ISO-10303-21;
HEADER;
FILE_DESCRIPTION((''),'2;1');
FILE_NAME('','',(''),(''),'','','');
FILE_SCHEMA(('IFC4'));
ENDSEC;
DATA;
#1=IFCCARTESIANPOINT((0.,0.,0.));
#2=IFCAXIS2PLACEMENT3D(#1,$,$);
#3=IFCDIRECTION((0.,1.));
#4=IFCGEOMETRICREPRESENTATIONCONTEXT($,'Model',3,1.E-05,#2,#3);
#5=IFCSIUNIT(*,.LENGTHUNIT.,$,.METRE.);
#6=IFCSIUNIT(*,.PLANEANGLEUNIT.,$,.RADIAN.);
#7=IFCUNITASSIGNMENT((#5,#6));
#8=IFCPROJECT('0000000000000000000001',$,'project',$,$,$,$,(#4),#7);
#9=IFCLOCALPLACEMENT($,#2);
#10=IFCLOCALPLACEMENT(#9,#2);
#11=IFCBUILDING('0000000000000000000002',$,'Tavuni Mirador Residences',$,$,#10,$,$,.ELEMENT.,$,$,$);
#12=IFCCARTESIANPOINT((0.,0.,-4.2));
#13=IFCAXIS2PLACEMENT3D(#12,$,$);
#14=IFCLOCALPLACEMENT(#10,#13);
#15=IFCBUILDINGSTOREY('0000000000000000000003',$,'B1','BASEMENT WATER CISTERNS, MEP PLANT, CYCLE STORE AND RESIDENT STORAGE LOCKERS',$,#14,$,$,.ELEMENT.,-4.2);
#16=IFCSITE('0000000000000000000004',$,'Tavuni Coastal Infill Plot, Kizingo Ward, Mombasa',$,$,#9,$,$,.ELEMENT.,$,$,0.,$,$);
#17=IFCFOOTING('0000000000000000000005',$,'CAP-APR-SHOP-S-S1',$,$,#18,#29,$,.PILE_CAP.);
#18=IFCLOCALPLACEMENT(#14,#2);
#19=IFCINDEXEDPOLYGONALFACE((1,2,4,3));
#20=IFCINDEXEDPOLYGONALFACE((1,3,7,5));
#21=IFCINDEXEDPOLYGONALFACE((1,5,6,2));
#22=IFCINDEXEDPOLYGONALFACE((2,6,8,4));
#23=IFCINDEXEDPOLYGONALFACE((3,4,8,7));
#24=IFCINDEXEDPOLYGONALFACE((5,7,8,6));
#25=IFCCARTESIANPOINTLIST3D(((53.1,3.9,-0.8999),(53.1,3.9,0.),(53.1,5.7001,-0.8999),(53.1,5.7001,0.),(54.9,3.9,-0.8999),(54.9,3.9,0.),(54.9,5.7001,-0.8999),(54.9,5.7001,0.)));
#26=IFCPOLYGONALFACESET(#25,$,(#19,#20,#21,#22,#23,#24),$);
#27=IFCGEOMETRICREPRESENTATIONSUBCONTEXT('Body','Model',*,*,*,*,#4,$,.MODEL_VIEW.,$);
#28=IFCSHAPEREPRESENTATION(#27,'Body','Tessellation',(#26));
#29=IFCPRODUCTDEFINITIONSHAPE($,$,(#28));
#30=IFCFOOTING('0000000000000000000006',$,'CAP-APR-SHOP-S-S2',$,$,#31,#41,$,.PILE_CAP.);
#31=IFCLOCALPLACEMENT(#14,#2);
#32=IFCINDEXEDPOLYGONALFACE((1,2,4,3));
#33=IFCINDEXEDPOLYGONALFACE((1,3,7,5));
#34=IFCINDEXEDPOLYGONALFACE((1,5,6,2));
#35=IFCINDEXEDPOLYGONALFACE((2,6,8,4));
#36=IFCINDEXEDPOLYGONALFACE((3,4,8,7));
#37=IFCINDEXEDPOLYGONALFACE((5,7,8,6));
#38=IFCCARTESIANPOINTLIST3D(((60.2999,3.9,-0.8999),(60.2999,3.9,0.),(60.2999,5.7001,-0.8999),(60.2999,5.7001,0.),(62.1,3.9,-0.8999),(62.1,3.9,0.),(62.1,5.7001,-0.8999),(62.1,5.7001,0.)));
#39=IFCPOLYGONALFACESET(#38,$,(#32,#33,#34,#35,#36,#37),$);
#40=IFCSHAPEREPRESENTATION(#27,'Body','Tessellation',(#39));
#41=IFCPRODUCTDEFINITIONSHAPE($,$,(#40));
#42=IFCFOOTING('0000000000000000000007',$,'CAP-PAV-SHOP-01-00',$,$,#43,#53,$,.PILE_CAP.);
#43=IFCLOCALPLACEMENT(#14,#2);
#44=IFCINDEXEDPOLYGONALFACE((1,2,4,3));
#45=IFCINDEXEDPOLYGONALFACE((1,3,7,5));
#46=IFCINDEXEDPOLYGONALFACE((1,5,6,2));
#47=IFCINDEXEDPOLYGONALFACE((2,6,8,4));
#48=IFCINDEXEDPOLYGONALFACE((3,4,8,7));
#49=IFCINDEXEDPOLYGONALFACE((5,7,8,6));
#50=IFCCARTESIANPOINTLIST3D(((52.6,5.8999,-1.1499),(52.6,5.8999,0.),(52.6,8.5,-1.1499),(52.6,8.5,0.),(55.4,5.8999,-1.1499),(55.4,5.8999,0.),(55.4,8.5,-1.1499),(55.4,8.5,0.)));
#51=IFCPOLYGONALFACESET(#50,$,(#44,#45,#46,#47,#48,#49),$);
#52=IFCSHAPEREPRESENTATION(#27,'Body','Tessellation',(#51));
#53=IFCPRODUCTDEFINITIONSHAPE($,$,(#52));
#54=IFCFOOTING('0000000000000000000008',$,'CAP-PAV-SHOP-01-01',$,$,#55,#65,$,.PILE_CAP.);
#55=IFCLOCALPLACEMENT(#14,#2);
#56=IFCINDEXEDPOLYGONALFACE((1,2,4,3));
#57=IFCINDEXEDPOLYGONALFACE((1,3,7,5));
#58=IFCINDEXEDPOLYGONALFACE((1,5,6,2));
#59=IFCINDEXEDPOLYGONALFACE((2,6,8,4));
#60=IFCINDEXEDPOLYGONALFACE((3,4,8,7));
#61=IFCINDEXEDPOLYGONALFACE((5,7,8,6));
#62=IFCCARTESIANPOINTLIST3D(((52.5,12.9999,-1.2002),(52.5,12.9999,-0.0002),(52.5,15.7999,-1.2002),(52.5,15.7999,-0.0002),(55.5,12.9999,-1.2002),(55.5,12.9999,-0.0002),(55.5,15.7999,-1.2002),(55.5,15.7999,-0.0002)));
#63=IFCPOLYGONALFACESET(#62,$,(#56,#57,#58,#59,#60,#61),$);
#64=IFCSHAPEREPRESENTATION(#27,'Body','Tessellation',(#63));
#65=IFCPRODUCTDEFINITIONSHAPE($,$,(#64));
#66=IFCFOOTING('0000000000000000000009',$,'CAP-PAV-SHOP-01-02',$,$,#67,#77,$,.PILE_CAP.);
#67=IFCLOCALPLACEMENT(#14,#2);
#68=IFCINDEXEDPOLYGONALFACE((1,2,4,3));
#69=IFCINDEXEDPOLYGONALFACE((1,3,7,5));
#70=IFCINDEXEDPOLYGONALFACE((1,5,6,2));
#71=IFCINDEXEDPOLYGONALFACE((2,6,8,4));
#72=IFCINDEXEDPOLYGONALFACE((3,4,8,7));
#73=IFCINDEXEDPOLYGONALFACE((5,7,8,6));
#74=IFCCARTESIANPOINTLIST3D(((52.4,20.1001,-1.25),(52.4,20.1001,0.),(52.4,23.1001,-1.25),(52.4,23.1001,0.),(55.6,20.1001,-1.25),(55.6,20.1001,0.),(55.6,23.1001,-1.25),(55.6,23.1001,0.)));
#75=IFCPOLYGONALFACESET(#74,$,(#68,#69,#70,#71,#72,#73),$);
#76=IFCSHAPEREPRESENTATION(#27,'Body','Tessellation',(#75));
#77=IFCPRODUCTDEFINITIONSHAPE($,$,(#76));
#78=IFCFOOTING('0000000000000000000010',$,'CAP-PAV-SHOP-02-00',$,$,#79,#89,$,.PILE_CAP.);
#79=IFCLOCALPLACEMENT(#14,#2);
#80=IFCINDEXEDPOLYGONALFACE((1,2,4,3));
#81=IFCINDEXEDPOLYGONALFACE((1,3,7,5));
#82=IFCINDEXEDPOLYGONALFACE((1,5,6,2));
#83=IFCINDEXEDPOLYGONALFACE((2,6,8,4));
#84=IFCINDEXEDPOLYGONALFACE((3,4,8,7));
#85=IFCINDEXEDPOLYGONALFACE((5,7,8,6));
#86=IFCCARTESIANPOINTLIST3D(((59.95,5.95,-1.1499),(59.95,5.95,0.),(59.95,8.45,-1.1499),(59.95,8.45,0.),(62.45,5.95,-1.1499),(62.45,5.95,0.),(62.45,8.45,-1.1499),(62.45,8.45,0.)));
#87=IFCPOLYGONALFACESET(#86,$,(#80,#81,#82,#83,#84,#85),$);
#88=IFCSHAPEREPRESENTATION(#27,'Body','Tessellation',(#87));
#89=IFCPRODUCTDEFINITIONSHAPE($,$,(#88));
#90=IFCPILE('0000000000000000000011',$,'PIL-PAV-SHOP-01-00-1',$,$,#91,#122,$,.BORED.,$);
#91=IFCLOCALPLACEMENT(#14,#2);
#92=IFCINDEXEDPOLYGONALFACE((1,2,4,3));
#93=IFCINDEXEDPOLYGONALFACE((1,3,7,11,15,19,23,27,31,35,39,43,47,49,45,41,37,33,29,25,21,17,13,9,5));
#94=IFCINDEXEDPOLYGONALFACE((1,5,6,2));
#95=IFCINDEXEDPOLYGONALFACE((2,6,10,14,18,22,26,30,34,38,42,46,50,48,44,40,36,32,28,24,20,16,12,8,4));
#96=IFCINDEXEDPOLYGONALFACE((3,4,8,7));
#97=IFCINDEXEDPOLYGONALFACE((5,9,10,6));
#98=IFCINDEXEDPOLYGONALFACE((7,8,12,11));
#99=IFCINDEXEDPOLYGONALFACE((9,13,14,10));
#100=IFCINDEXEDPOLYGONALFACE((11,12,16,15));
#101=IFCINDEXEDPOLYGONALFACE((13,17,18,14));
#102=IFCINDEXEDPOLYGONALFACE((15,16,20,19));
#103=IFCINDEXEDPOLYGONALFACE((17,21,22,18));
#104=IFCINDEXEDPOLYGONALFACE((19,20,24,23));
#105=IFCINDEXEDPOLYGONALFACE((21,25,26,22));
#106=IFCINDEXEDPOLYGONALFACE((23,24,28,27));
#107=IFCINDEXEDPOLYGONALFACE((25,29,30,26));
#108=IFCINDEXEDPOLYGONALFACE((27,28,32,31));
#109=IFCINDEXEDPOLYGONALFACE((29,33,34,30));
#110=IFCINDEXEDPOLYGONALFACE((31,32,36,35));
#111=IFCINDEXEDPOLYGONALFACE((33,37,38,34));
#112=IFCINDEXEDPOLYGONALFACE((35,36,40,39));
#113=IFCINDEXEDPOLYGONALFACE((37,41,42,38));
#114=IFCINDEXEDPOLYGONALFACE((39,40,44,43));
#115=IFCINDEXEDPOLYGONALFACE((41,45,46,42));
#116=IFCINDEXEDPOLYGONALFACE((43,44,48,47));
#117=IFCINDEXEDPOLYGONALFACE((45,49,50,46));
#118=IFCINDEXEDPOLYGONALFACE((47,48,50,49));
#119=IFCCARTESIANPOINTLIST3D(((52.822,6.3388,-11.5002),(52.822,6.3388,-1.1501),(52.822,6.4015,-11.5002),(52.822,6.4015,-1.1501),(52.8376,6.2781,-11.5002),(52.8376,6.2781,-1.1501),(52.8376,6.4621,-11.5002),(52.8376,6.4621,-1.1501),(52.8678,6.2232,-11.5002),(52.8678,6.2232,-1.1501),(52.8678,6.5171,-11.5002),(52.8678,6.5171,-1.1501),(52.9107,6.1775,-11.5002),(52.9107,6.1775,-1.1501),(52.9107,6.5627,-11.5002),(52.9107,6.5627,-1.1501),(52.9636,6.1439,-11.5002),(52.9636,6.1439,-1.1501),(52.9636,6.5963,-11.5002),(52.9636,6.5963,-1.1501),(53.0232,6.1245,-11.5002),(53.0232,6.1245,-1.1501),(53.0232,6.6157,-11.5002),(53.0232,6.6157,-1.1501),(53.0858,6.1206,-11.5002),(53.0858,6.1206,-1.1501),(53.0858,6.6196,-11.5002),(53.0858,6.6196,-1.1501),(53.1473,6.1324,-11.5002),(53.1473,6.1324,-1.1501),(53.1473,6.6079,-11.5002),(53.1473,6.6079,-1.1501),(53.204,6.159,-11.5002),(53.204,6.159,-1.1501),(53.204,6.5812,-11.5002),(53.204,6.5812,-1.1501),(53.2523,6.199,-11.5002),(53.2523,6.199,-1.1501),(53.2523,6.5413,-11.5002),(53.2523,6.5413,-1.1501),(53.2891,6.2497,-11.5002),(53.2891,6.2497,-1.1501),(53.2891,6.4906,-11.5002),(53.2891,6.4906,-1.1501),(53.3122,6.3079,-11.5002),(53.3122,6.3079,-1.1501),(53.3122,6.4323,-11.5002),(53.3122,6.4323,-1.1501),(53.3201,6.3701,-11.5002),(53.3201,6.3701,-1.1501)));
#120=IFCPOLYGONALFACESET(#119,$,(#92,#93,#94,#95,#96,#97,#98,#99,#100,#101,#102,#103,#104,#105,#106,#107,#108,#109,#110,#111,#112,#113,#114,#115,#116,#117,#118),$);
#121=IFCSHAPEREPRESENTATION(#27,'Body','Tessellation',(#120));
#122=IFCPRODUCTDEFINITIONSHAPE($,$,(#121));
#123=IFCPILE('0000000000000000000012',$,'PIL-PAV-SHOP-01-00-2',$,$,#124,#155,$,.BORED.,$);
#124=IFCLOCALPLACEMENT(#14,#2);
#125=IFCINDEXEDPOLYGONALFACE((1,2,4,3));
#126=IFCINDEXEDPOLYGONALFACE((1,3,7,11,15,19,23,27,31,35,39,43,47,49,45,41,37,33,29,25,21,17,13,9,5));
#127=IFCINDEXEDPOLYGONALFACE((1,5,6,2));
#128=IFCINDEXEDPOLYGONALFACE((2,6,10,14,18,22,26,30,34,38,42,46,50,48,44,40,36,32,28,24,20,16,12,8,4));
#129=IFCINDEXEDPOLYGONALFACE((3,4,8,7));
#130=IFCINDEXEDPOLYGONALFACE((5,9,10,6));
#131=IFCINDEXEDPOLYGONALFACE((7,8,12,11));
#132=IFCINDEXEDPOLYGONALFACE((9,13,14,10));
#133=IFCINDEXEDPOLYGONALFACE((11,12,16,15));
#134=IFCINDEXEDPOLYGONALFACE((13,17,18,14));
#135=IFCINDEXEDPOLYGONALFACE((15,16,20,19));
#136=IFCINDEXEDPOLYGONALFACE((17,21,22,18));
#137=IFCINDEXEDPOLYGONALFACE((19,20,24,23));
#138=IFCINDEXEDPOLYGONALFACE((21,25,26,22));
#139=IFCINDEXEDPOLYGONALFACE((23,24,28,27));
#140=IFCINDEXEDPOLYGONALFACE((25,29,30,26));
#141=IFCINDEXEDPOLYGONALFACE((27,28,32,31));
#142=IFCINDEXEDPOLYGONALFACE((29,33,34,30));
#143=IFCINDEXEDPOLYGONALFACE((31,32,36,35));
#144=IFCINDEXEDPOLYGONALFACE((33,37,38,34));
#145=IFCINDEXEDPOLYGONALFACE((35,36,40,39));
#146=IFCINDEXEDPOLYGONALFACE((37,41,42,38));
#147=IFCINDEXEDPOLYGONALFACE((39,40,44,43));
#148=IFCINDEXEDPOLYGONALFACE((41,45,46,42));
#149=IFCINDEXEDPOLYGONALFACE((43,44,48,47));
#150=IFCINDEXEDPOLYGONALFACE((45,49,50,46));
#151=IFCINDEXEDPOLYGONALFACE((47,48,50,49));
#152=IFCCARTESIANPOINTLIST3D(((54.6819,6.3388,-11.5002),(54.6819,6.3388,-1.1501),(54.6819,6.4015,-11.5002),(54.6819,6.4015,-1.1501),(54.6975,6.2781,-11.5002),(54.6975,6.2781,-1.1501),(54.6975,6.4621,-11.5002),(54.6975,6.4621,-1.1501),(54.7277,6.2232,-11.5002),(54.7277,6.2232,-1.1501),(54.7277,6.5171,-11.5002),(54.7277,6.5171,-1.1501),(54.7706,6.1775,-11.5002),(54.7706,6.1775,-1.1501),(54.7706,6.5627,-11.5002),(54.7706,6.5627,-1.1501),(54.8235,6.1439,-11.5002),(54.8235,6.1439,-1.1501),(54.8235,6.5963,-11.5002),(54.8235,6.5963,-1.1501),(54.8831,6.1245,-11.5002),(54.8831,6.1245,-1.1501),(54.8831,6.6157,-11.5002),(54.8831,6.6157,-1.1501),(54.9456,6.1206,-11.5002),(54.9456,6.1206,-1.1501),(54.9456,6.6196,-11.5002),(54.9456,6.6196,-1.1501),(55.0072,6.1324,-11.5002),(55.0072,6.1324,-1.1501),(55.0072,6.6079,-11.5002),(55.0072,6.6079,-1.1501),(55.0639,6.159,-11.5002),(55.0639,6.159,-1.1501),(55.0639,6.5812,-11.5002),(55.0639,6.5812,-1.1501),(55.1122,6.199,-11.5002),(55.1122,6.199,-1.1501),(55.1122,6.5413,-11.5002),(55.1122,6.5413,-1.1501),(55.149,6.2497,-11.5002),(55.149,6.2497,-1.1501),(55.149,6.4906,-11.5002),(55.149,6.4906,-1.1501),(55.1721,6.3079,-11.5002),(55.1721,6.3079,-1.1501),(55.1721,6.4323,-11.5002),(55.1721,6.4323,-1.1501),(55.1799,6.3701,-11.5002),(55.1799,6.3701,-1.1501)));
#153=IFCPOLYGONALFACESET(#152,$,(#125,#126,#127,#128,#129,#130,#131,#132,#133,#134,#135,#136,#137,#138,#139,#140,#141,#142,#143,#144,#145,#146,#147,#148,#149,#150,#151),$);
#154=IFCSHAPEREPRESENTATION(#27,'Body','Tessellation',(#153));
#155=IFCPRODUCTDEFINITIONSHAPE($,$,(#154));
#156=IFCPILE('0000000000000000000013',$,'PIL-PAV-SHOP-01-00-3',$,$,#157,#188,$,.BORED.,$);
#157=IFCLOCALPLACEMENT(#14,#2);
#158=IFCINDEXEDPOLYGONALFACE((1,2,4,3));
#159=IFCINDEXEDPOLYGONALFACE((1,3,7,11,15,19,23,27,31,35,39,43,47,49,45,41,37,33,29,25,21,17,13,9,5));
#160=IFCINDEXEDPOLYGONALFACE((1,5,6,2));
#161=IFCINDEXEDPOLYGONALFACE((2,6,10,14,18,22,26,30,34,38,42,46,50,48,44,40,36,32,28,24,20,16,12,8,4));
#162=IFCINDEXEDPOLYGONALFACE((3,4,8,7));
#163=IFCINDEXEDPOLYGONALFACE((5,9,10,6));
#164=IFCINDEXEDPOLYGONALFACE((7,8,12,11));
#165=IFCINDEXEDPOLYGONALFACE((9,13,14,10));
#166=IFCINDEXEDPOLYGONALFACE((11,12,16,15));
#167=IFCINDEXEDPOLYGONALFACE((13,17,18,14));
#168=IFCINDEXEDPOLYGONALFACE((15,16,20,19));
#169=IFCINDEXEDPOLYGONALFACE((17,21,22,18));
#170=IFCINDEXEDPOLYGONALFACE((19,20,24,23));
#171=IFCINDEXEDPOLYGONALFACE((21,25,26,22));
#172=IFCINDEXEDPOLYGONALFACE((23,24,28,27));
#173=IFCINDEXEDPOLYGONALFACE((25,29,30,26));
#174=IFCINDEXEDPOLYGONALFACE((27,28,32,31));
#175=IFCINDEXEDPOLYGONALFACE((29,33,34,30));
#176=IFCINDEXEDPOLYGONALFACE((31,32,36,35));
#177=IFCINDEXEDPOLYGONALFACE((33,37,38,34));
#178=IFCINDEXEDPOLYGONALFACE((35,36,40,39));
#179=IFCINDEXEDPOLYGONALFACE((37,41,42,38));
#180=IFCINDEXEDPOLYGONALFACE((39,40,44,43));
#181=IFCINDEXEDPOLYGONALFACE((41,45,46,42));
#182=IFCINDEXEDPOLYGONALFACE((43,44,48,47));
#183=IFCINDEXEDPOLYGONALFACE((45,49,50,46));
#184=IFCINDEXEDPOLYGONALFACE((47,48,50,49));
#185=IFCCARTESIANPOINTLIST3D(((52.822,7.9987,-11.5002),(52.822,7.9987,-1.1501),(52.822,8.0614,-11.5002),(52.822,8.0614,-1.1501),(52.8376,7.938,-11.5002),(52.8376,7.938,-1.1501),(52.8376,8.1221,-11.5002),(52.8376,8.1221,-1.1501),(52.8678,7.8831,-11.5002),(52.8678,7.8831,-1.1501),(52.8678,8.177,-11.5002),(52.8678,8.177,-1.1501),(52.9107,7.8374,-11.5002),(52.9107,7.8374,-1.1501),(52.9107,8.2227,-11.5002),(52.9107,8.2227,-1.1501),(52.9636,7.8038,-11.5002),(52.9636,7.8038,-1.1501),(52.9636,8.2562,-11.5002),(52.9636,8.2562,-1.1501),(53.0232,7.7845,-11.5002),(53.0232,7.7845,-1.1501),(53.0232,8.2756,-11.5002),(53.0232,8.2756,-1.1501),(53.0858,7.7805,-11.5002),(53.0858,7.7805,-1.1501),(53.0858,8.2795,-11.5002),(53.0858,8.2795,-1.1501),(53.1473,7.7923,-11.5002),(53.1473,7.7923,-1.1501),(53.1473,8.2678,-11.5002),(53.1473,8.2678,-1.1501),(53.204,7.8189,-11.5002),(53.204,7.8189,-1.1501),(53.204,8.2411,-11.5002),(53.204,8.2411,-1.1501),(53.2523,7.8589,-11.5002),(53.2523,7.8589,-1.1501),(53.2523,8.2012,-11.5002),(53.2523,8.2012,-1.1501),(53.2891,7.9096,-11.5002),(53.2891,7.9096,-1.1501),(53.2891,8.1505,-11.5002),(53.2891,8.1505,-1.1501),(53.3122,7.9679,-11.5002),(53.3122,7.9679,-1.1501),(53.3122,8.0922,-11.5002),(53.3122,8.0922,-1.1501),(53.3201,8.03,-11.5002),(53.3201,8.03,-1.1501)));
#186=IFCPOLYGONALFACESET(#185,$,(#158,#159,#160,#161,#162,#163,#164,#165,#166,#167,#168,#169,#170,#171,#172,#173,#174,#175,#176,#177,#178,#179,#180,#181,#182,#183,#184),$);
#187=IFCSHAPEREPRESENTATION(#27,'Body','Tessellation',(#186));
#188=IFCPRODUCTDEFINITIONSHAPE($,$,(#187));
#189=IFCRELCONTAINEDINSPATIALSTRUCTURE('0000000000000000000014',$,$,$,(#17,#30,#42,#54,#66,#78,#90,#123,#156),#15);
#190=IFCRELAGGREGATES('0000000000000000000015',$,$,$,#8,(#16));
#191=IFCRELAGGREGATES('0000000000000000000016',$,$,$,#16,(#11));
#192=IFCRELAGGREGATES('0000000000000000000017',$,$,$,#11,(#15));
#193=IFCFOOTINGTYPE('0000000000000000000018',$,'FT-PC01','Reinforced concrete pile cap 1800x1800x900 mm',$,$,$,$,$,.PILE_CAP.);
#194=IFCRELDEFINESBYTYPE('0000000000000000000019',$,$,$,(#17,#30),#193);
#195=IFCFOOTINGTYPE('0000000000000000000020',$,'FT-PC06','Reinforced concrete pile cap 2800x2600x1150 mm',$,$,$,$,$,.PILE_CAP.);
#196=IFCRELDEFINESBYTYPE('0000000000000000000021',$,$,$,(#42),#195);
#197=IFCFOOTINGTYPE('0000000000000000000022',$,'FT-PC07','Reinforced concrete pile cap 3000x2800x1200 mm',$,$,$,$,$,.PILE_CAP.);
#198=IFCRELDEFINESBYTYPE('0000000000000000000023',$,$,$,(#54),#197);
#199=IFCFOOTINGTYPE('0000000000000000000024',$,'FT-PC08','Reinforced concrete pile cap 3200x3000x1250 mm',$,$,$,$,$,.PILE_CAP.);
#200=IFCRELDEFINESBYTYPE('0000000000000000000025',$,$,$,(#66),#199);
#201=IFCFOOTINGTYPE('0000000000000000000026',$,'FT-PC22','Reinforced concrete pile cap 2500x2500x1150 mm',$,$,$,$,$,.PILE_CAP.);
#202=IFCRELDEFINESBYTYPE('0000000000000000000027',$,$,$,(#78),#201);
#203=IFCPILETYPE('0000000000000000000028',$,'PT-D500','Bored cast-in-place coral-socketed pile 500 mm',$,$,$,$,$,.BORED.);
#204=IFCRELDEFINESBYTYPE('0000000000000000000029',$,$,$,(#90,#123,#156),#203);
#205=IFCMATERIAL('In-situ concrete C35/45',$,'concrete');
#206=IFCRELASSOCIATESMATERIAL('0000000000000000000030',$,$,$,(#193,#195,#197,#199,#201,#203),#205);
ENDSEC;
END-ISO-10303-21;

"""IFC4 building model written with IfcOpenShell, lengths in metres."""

from ifc_helpers import new_model, si_unit, direction, frame, origin, origin_2d, place, context, subcontext, project, spatial, rectangle, circle, extrude, material, material_profile, profile_set, type_object, element, save


model = new_model("IFC4")

# Units and contexts
model_context = context("Model", 3, precision=1e-05, world=origin(), true_north=direction((0.0, 1.0)))
body_context = subcontext(model_context, "Body", "Model", "MODEL_VIEW")
ifc_project = project(units=[si_unit("LENGTHUNIT", "METRE"), si_unit("PLANEANGLEUNIT", "RADIAN")], contexts=[model_context])

# Site, building, storey
site_placement = place(None, origin())
site = spatial("IfcSite", under=ifc_project, at=site_placement, Name="Tavuni Coastal Infill Plot, Kizingo Ward, Mombasa", CompositionType="ELEMENT", RefElevation=0.0)
building_placement = place(site_placement, origin())
building = spatial("IfcBuilding", under=site, at=building_placement, Name="Tavuni Mirador Residences", CompositionType="ELEMENT")
storey_placement = place(building_placement, frame((0.0, 0.0, -4.2)))
storey = spatial("IfcBuildingStorey", under=building, at=storey_placement, Name="B1", Description="BASEMENT WATER CISTERNS, MEP PLANT, CYCLE STORE AND RESIDENT STORAGE LOCKERS", CompositionType="ELEMENT", Elevation=-4.2)

# Footings
ifc_material_1 = material(Name="In-situ concrete C35/45", Category="concrete")
footing_type_1 = type_object("IfcFootingType", Name="FT-PC01", Description="Reinforced concrete pile cap 1800x1800x900 mm", PredefinedType="PILE_CAP", material=ifc_material_1)
for number, where, z_axis, x_axis, name in (
    (1, (54.0, 4.8, -0.8999), (0.0, 0.0, 1.0), (1.0, 0.0, 0.0), "CAP-APR-SHOP-S-S1"),
    (2, (61.2, 4.8, -0.8999), (0.0, 0.0, 1.0), (1.0, 0.0, 0.0), "CAP-APR-SHOP-S-S2"),
):
    element("IfcFooting", number, at=place(storey_placement, frame(where, z_axis=z_axis, x_axis=x_axis)), inside=storey, type_object=footing_type_1, Name=name, PredefinedType="PILE_CAP", context=body_context, shape_type="SweptSolid", body=[
        extrude(rectangle(XDim=1.8, YDim=1.8, at=origin_2d()), origin(), (0.0, 0.0, 1.0), 0.8999),
    ])
footing_type_2 = type_object("IfcFootingType", Name="FT-PC06", Description="Reinforced concrete pile cap 2800x2600x1150 mm", PredefinedType="PILE_CAP", material=ifc_material_1)
footing_1_placement = place(storey_placement, frame((54.0, 7.2, -1.1499), z_axis=(0.0, 0.0, 1.0), x_axis=(1.0, 0.0, 0.0)))
element("IfcFooting", 3, at=footing_1_placement, inside=storey, type_object=footing_type_2, Name="CAP-PAV-SHOP-01-00", PredefinedType="PILE_CAP", context=body_context, shape_type="SweptSolid", body=[
    extrude(rectangle(XDim=2.8, YDim=2.6001, at=origin_2d()), origin(), (0.0, 0.0, 1.0), 1.1499),
])
footing_type_3 = type_object("IfcFootingType", Name="FT-PC07", Description="Reinforced concrete pile cap 3000x2800x1200 mm", PredefinedType="PILE_CAP", material=ifc_material_1)
footing_2_placement = place(storey_placement, frame((54.0, 14.3999, -1.2002), z_axis=(0.0, 0.0, 1.0), x_axis=(1.0, 0.0, 0.0)))
element("IfcFooting", 4, at=footing_2_placement, inside=storey, type_object=footing_type_3, Name="CAP-PAV-SHOP-01-01", PredefinedType="PILE_CAP", context=body_context, shape_type="SweptSolid", body=[
    extrude(rectangle(XDim=3.0, YDim=2.8, at=origin_2d()), origin(), (0.0, 0.0, 1.0), 1.2),
])
footing_type_4 = type_object("IfcFootingType", Name="FT-PC08", Description="Reinforced concrete pile cap 3200x3000x1250 mm", PredefinedType="PILE_CAP", material=ifc_material_1)
footing_3_placement = place(storey_placement, frame((54.0, 21.6001, -1.25), z_axis=(0.0, 0.0, 1.0), x_axis=(1.0, 0.0, 0.0)))
element("IfcFooting", 5, at=footing_3_placement, inside=storey, type_object=footing_type_4, Name="CAP-PAV-SHOP-01-02", PredefinedType="PILE_CAP", context=body_context, shape_type="SweptSolid", body=[
    extrude(rectangle(XDim=3.2, YDim=3.0, at=origin_2d()), origin(), (0.0, 0.0, 1.0), 1.25),
])
footing_type_5 = type_object("IfcFootingType", Name="FT-PC22", Description="Reinforced concrete pile cap 2500x2500x1150 mm", PredefinedType="PILE_CAP", material=ifc_material_1)
footing_4_placement = place(storey_placement, frame((61.2, 7.2, -1.1499), z_axis=(0.0, 0.0, 1.0), x_axis=(1.0, 0.0, 0.0)))
element("IfcFooting", 6, at=footing_4_placement, inside=storey, type_object=footing_type_5, Name="CAP-PAV-SHOP-02-00", PredefinedType="PILE_CAP", context=body_context, shape_type="SweptSolid", body=[
    extrude(rectangle(XDim=2.5, YDim=2.5, at=origin_2d()), origin(), (0.0, 0.0, 1.0), 1.1499),
])

# Piles
ifc_material_profile_1 = material_profile(ifc_material_1, circle(Radius=0.25, at=origin_2d()), Name="PILE D500", Category="concrete")
ifc_profile_set_1 = profile_set([ifc_material_profile_1], Name="In-situ concrete C35/45")
pile_type_1 = type_object("IfcPileType", Name="PT-D500", Description="Bored cast-in-place coral-socketed pile 500 mm", PredefinedType="BORED", material=ifc_profile_set_1)
for number, where, z_axis, x_axis, name in (
    (7, (53.0701, 6.3701, -1.1501), (0.0, 0.0, -1.0), (1.0, 0.0, 0.0), "PIL-PAV-SHOP-01-00-1"),
    (8, (54.9299, 6.3701, -1.1501), (0.0, 0.0, -1.0), (1.0, 0.0, 0.0), "PIL-PAV-SHOP-01-00-2"),
    (9, (53.0701, 8.03, -1.1501), (0.0, 0.0, -1.0), (1.0, 0.0, 0.0), "PIL-PAV-SHOP-01-00-3"),
):
    element("IfcPile", number, at=place(storey_placement, frame(where, z_axis=z_axis, x_axis=x_axis)), inside=storey, type_object=pile_type_1, Name=name, PredefinedType="BORED", context=body_context, shape_type="SweptSolid", body=[
        extrude(circle(Radius=0.25, at=origin_2d()), origin(), (0.0, 0.0, 1.0), 10.3501),
    ])

save(model, "model.ifc")
